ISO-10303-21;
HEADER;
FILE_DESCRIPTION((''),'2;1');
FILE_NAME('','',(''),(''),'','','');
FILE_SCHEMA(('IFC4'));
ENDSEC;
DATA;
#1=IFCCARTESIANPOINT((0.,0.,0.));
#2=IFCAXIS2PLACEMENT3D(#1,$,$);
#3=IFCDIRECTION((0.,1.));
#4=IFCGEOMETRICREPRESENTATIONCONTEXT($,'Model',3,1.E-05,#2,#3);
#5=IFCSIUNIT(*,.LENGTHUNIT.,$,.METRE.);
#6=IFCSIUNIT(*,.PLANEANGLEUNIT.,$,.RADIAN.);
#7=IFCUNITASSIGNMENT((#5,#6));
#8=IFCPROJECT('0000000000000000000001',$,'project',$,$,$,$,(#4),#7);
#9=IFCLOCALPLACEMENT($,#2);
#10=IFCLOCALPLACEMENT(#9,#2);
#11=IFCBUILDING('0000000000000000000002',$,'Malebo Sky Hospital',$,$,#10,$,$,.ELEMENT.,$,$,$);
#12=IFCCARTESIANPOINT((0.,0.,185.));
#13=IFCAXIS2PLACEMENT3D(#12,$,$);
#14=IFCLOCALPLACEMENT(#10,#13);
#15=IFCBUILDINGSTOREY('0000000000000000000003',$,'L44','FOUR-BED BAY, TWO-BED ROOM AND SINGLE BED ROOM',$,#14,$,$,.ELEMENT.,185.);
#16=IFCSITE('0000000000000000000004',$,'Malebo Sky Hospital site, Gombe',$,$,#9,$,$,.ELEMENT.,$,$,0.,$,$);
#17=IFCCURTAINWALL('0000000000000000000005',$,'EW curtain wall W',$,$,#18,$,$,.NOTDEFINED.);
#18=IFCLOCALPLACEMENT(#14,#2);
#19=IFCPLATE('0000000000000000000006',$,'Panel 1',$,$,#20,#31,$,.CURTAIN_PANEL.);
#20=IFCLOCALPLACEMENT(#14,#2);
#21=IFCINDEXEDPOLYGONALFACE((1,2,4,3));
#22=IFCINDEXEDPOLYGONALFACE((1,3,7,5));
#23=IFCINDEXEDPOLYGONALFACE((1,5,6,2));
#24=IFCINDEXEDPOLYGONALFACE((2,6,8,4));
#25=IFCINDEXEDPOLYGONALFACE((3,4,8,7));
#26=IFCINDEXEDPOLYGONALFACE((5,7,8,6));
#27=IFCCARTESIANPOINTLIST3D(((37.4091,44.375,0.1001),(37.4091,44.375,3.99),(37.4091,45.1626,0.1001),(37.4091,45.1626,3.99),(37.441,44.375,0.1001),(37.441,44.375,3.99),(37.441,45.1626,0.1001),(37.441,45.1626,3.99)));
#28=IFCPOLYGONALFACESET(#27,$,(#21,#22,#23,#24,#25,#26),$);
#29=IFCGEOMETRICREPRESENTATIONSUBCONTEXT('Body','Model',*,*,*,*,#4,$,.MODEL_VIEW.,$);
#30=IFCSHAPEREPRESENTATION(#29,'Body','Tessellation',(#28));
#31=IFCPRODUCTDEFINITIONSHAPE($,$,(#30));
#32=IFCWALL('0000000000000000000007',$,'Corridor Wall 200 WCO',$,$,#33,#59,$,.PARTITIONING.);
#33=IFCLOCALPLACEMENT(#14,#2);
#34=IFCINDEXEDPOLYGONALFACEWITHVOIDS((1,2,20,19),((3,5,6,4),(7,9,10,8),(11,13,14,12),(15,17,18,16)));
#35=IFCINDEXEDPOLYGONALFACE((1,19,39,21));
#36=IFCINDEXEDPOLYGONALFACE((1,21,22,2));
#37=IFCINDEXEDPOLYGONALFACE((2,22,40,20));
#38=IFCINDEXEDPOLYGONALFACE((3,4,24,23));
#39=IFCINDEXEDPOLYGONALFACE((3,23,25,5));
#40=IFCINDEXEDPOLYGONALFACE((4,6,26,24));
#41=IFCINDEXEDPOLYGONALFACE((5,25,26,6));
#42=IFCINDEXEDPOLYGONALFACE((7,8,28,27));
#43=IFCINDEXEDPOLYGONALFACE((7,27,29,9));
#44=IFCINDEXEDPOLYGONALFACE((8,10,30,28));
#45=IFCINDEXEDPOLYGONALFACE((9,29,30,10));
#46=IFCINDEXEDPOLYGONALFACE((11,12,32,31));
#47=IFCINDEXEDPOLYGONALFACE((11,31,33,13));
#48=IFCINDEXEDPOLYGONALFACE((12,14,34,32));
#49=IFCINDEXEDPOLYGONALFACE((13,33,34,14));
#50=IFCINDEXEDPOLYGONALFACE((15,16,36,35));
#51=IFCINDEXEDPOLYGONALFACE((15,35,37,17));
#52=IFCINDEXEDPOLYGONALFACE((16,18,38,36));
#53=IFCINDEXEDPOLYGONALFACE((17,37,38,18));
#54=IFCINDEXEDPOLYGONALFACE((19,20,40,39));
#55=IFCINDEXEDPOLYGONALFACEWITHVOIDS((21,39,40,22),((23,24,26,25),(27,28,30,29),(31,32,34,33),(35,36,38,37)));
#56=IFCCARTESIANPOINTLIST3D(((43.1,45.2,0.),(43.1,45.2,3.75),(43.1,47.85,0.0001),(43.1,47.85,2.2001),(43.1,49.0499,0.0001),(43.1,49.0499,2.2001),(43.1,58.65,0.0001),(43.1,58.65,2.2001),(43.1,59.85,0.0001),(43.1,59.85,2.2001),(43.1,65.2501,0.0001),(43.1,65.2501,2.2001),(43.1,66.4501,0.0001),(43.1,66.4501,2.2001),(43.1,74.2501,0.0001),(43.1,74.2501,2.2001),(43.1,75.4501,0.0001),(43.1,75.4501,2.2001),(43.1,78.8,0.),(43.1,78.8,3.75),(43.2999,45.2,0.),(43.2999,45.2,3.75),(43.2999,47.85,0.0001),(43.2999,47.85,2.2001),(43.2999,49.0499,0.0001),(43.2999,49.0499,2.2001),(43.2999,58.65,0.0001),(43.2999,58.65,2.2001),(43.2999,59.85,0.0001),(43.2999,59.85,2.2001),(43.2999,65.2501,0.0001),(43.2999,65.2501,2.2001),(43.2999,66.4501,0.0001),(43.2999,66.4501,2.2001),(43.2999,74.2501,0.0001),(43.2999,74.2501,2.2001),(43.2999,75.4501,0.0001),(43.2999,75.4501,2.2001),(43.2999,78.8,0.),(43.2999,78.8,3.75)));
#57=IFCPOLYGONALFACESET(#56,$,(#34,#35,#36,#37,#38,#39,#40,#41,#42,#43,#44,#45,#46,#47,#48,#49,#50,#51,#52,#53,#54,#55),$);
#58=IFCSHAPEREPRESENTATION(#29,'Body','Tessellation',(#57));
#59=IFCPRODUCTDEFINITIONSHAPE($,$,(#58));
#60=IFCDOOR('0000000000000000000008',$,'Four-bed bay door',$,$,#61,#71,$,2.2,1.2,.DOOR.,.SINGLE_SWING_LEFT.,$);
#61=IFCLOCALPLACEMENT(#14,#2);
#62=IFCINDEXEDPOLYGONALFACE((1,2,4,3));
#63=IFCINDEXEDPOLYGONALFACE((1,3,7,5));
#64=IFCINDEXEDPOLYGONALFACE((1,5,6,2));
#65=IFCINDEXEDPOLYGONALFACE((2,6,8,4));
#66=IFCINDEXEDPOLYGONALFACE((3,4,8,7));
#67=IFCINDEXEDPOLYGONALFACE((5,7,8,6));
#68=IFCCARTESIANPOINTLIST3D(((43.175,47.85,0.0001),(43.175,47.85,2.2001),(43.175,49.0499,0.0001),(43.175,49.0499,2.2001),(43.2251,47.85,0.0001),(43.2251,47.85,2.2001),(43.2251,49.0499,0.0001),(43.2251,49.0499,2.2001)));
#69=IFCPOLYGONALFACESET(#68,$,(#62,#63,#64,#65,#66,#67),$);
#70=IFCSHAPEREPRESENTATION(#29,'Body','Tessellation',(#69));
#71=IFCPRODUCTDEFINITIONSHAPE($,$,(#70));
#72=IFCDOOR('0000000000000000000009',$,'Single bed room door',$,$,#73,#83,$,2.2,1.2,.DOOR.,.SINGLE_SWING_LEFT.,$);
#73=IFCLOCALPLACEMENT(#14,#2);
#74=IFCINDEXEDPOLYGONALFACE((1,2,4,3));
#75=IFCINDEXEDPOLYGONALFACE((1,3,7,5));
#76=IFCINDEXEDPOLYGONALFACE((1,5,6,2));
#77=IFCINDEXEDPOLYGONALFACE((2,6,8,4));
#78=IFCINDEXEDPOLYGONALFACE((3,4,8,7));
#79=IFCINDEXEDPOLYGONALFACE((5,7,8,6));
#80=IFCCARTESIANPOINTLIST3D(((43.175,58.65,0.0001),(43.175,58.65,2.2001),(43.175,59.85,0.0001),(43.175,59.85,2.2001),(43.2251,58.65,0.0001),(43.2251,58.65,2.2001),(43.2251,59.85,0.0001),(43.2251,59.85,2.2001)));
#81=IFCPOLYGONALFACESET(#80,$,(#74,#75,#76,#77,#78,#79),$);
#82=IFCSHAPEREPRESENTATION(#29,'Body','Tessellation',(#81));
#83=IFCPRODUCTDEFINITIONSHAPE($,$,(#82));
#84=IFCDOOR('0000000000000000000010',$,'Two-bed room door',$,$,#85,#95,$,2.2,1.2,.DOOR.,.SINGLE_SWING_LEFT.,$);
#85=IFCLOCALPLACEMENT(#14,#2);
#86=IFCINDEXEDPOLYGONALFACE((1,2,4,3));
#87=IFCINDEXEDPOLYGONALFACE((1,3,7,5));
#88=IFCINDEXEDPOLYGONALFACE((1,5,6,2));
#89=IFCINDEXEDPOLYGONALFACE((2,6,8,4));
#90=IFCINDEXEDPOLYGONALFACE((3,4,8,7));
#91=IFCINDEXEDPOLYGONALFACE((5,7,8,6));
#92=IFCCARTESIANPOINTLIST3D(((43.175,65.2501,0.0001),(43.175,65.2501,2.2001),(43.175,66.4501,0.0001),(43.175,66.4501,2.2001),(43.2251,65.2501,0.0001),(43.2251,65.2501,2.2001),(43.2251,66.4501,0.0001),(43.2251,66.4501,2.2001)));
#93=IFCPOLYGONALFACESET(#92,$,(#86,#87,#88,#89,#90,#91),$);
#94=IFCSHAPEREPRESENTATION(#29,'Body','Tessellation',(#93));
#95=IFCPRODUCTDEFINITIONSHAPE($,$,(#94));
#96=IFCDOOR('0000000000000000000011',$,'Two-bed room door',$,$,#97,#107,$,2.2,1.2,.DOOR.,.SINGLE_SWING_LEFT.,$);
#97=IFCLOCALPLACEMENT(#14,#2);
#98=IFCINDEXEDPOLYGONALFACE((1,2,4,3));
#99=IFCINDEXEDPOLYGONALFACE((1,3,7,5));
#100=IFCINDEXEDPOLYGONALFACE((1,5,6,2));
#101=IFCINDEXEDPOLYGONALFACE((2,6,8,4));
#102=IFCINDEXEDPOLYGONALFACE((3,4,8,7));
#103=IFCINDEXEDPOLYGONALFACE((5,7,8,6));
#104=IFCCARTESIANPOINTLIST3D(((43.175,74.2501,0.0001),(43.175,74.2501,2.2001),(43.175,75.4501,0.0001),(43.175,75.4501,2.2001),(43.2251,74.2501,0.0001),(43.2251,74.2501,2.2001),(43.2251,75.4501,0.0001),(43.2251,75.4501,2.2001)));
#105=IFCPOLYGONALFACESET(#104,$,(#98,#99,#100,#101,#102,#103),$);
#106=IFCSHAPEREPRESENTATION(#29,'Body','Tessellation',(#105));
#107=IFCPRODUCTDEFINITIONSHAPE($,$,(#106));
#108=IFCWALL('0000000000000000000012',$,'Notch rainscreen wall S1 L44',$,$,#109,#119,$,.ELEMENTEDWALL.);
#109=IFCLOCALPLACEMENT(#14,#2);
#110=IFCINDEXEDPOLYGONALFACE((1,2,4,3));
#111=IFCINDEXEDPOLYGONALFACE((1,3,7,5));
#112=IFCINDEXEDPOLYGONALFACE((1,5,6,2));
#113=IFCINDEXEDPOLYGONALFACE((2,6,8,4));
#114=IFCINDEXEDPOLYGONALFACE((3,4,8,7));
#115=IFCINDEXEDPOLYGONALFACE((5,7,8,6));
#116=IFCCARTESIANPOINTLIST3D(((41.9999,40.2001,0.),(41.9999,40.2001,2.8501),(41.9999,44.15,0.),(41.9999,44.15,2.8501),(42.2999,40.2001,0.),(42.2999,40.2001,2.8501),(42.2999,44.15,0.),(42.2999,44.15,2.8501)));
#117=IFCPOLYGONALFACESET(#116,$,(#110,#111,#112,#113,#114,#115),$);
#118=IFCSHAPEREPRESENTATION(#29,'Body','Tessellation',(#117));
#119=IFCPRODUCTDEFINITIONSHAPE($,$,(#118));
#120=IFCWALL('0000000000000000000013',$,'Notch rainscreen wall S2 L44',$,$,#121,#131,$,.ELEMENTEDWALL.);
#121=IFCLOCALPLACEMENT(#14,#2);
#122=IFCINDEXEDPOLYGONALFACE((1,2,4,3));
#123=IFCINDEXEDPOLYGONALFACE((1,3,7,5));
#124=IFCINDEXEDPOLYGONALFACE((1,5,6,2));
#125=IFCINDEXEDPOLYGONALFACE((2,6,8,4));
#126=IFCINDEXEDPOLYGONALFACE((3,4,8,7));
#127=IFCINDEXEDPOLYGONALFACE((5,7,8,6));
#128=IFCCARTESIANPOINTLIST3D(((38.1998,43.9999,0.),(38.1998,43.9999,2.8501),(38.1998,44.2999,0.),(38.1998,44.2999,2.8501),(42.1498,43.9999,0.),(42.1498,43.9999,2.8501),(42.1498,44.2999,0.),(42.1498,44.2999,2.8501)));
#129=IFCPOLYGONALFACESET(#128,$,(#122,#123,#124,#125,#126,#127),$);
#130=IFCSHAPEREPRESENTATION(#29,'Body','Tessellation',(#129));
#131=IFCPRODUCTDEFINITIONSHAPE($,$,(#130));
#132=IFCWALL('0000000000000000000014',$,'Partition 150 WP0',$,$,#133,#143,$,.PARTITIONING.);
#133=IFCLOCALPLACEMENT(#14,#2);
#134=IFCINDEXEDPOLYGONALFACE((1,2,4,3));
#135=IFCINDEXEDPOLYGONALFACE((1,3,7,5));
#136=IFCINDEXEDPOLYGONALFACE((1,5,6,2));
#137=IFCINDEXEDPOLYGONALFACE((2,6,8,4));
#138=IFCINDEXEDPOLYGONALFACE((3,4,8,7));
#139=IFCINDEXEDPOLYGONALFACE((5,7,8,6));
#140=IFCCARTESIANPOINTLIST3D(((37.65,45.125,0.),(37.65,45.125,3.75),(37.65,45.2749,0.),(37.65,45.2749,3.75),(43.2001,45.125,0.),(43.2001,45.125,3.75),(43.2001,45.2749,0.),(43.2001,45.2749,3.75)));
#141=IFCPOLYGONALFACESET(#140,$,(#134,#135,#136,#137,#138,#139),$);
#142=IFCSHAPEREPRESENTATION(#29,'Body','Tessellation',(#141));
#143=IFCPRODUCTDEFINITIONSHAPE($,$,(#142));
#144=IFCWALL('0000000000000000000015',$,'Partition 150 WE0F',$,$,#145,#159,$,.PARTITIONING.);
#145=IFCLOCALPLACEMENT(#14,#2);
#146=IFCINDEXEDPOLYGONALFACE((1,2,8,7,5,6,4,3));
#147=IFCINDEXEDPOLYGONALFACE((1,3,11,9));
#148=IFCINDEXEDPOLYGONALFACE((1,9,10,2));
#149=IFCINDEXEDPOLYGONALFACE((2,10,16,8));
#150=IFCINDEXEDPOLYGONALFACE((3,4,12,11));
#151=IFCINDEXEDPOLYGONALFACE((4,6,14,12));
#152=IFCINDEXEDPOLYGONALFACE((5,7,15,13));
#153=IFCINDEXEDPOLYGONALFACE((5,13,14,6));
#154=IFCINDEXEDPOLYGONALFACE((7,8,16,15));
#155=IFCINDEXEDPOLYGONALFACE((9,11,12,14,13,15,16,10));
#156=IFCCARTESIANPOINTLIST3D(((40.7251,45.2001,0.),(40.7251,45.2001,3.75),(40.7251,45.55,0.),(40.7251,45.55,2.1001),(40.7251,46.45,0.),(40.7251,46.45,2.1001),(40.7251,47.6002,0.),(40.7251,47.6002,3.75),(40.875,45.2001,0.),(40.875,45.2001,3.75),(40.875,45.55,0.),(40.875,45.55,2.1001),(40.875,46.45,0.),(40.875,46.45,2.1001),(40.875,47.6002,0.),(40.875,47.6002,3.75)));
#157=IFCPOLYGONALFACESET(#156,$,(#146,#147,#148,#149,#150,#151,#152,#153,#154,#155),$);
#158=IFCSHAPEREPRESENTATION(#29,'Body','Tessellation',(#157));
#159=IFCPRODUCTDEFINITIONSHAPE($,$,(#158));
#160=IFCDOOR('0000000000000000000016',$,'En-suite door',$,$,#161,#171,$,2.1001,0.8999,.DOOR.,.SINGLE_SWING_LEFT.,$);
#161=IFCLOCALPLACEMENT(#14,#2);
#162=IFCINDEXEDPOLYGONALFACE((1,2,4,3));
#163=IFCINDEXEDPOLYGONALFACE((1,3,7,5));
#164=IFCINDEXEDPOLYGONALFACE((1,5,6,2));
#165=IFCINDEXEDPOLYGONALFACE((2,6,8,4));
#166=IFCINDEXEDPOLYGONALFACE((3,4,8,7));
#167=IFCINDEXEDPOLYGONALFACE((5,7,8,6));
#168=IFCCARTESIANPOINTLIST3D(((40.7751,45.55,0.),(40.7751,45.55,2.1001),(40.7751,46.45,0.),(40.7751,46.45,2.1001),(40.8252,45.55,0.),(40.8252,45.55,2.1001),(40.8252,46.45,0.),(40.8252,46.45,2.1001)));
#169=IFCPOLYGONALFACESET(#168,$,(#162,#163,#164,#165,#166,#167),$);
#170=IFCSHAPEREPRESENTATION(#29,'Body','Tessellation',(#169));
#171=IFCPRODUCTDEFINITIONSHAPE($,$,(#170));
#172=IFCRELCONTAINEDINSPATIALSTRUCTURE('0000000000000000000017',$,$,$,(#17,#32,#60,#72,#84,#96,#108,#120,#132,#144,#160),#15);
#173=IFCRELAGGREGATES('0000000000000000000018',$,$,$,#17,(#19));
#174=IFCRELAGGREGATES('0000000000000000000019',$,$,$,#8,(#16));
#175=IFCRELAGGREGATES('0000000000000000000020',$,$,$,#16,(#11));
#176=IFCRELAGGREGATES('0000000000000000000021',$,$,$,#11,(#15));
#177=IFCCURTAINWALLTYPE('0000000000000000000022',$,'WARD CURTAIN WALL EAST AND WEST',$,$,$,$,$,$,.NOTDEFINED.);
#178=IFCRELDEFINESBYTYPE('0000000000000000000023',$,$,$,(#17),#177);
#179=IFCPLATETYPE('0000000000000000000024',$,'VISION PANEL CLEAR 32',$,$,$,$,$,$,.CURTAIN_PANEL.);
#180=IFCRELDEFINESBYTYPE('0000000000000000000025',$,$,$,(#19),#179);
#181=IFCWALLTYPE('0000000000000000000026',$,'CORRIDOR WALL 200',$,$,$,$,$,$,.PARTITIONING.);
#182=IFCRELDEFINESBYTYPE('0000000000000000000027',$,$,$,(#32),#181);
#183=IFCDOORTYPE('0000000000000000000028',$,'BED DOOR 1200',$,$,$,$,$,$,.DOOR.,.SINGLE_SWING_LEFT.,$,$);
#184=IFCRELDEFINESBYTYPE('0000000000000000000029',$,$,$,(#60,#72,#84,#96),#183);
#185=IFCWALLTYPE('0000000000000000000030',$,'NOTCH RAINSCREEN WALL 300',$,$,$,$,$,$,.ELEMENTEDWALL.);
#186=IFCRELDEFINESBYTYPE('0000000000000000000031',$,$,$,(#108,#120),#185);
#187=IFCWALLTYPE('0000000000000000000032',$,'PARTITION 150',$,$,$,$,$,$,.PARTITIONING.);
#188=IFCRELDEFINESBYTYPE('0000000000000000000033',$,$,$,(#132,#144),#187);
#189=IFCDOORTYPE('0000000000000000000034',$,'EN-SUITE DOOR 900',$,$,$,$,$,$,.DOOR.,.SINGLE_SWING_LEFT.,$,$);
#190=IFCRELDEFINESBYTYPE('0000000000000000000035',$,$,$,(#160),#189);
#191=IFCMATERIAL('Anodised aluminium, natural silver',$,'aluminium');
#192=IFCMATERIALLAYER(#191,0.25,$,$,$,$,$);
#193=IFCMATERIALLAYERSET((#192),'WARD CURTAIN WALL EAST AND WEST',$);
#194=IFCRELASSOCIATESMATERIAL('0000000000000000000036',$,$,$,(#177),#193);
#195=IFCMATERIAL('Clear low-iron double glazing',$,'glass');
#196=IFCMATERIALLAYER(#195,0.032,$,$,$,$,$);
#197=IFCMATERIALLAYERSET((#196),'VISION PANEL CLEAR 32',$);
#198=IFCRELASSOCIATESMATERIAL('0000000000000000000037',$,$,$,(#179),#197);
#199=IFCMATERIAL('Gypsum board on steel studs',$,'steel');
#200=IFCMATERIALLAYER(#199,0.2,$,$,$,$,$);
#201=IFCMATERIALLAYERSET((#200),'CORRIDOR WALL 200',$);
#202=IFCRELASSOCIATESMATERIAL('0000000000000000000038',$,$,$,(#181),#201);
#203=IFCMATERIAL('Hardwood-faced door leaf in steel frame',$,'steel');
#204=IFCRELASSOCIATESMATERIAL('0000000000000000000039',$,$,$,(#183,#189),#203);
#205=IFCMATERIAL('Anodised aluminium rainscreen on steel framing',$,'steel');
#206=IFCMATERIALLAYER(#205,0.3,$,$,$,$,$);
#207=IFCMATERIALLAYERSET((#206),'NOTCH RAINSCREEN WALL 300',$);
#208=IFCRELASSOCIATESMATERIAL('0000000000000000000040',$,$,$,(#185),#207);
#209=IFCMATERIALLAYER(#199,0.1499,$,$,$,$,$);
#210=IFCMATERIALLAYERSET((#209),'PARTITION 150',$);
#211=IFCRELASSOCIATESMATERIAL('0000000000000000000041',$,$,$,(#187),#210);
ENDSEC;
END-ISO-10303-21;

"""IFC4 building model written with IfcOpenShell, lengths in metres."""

from ifc_helpers import new_model, si_unit, direction, frame, frame_2d, origin, origin_2d, place, context, subcontext, project, spatial, rectangle, extrude, material, layer, layer_set, type_object, element, fill, aggregate, save


model = new_model("IFC4")

# Units and contexts
model_context = context("Model", 3, precision=1e-05, world=origin(), true_north=direction((0.0, 1.0)))
body_context = subcontext(model_context, "Body", "Model", "MODEL_VIEW")
ifc_project = project(units=[si_unit("LENGTHUNIT", "METRE"), si_unit("PLANEANGLEUNIT", "RADIAN")], contexts=[model_context])

# Site, building, storey
site_placement = place(None, origin())
site = spatial("IfcSite", under=ifc_project, at=site_placement, Name="Malebo Sky Hospital site, Gombe", CompositionType="ELEMENT", RefElevation=0.0)
building_placement = place(site_placement, origin())
building = spatial("IfcBuilding", under=site, at=building_placement, Name="Malebo Sky Hospital", CompositionType="ELEMENT")
storey_placement = place(building_placement, frame((0.0, 0.0, 185.0)))
storey = spatial("IfcBuildingStorey", under=building, at=storey_placement, Name="L44", Description="FOUR-BED BAY, TWO-BED ROOM AND SINGLE BED ROOM", CompositionType="ELEMENT", Elevation=185.0)

# Curtain wall
ifc_material_1 = material(Name="Anodised aluminium, natural silver", Category="aluminium")
ifc_layer_1 = layer(ifc_material_1, 0.25)
ifc_layer_set_1 = layer_set([ifc_layer_1], Name="WARD CURTAIN WALL EAST AND WEST")
curtain_wall_type_1 = type_object("IfcCurtainWallType", Name="WARD CURTAIN WALL EAST AND WEST", PredefinedType="NOTDEFINED", material=ifc_layer_set_1)
curtain_wall_1_placement = place(storey_placement, origin())
curtain_wall_1 = element("IfcCurtainWall", 1, at=curtain_wall_1_placement, inside=storey, type_object=curtain_wall_type_1, Name="EW curtain wall W", PredefinedType="NOTDEFINED")

# Plate
ifc_material_2 = material(Name="Clear low-iron double glazing", Category="glass")
ifc_layer_2 = layer(ifc_material_2, 0.032)
ifc_layer_set_2 = layer_set([ifc_layer_2], Name="VISION PANEL CLEAR 32")
plate_type = type_object("IfcPlateType", Name="VISION PANEL CLEAR 32", PredefinedType="CURTAIN_PANEL", material=ifc_layer_set_2)
plate_placement = place(storey_placement, frame((37.425, 44.7688, 0.1001), z_axis=(0.0, 0.0, 1.0), x_axis=(0.0, 1.0, 0.0)))
plate = element("IfcPlate", 2, at=plate_placement, type_object=plate_type, Name="Panel 1", PredefinedType="CURTAIN_PANEL", context=body_context, shape_type="SweptSolid", body=[
    extrude(rectangle(XDim=0.7876, YDim=0.032, at=origin_2d()), origin(), (0.0, 0.0, 1.0), 3.8899),
])
aggregate(curtain_wall_1, [plate])

# Wall, openings, doors
ifc_material_3 = material(Name="Gypsum board on steel studs", Category="steel")
ifc_layer_3 = layer(ifc_material_3, 0.2)
ifc_layer_set_3 = layer_set([ifc_layer_3], Name="CORRIDOR WALL 200")
wall_type_1 = type_object("IfcWallType", Name="CORRIDOR WALL 200", PredefinedType="PARTITIONING", material=ifc_layer_set_3)
wall_1_placement = place(storey_placement, frame((43.2, 45.2, 0.0), z_axis=(0.0, 0.0, 1.0), x_axis=(0.0, 1.0, 0.0)))
wall_1 = element("IfcWall", 3, at=wall_1_placement, inside=storey, type_object=wall_type_1, Name="Corridor Wall 200 WCO", PredefinedType="PARTITIONING", context=body_context, shape_type="SweptSolid", body=[
    extrude(rectangle(XDim=33.6001, YDim=0.2, at=frame_2d((16.8, 0.0))), origin(), (0.0, 0.0, 1.0), 3.75),
])
opening_1_placement = place(wall_1_placement, frame((2.6499, 0.0, 0.0)))
opening_1 = element("IfcOpeningElement", 4, at=opening_1_placement, cuts=wall_1, PredefinedType="OPENING", context=body_context, shape_type="SweptSolid", body=[
    extrude(rectangle(XDim=1.2, YDim=2.2, at=frame_2d((0.6001, 1.1001))), frame((0.0, 0.1099, 0.0), z_axis=(0.0, -1.0, 0.0), x_axis=(1.0, 0.0, 0.0)), (0.0, 0.0, 1.0), 0.22),
])
opening_2_placement = place(wall_1_placement, frame((13.45, 0.0, 0.0)))
opening_2 = element("IfcOpeningElement", 5, at=opening_2_placement, cuts=wall_1, PredefinedType="OPENING", context=body_context, shape_type="SweptSolid", body=[
    extrude(rectangle(XDim=1.2, YDim=2.2, at=frame_2d((0.6001, 1.1001))), frame((0.0, 0.1099, 0.0), z_axis=(0.0, -1.0, 0.0), x_axis=(1.0, 0.0, 0.0)), (0.0, 0.0, 1.0), 0.22),
])
opening_3_placement = place(wall_1_placement, frame((20.05, 0.0, 0.0)))
opening_3 = element("IfcOpeningElement", 6, at=opening_3_placement, cuts=wall_1, PredefinedType="OPENING", context=body_context, shape_type="SweptSolid", body=[
    extrude(rectangle(XDim=1.2, YDim=2.2, at=frame_2d((0.6001, 1.1001))), frame((0.0, 0.1099, 0.0), z_axis=(0.0, -1.0, 0.0), x_axis=(1.0, 0.0, 0.0)), (0.0, 0.0, 1.0), 0.22),
])
opening_4_placement = place(wall_1_placement, frame((29.05, 0.0, 0.0)))
opening_4 = element("IfcOpeningElement", 7, at=opening_4_placement, cuts=wall_1, PredefinedType="OPENING", context=body_context, shape_type="SweptSolid", body=[
    extrude(rectangle(XDim=1.2, YDim=2.2, at=frame_2d((0.6001, 1.1001))), frame((0.0, 0.1099, 0.0), z_axis=(0.0, -1.0, 0.0), x_axis=(1.0, 0.0, 0.0)), (0.0, 0.0, 1.0), 0.22),
])
ifc_material_4 = material(Name="Hardwood-faced door leaf in steel frame", Category="steel")
door_type_1 = type_object("IfcDoorType", Name="BED DOOR 1200", OperationType="SINGLE_SWING_LEFT", PredefinedType="DOOR", material=ifc_material_4)
door_1_placement = place(opening_1_placement, origin())
door_1 = element("IfcDoor", 8, at=door_1_placement, inside=storey, type_object=door_type_1, Name="Four-bed bay door", OperationType="SINGLE_SWING_LEFT", OverallHeight=2.2, OverallWidth=1.2, PredefinedType="DOOR", context=body_context, shape_type="SweptSolid", body=[
    extrude(rectangle(XDim=1.2, YDim=2.2, at=frame_2d((0.6001, 1.1001))), frame((0.0, 0.0249, 0.0), z_axis=(0.0, -1.0, 0.0), x_axis=(1.0, 0.0, 0.0)), (0.0, 0.0, 1.0), 0.05),
])
fill(opening_1, door_1)
door_2_placement = place(opening_2_placement, origin())
door_2 = element("IfcDoor", 9, at=door_2_placement, inside=storey, type_object=door_type_1, Name="Single bed room door", OperationType="SINGLE_SWING_LEFT", OverallHeight=2.2, OverallWidth=1.2, PredefinedType="DOOR", context=body_context, shape_type="SweptSolid", body=[
    extrude(rectangle(XDim=1.2, YDim=2.2, at=frame_2d((0.6001, 1.1001))), frame((0.0, 0.0249, 0.0), z_axis=(0.0, -1.0, 0.0), x_axis=(1.0, 0.0, 0.0)), (0.0, 0.0, 1.0), 0.05),
])
fill(opening_2, door_2)
door_3_placement = place(opening_3_placement, origin())
door_3 = element("IfcDoor", 10, at=door_3_placement, inside=storey, type_object=door_type_1, Name="Two-bed room door", OperationType="SINGLE_SWING_LEFT", OverallHeight=2.2, OverallWidth=1.2, PredefinedType="DOOR", context=body_context, shape_type="SweptSolid", body=[
    extrude(rectangle(XDim=1.2, YDim=2.2, at=frame_2d((0.6001, 1.1001))), frame((0.0, 0.0249, 0.0), z_axis=(0.0, -1.0, 0.0), x_axis=(1.0, 0.0, 0.0)), (0.0, 0.0, 1.0), 0.05),
])
fill(opening_3, door_3)
door_4_placement = place(opening_4_placement, origin())
door_4 = element("IfcDoor", 11, at=door_4_placement, inside=storey, type_object=door_type_1, Name="Two-bed room door", OperationType="SINGLE_SWING_LEFT", OverallHeight=2.2, OverallWidth=1.2, PredefinedType="DOOR", context=body_context, shape_type="SweptSolid", body=[
    extrude(rectangle(XDim=1.2, YDim=2.2, at=frame_2d((0.6001, 1.1001))), frame((0.0, 0.0249, 0.0), z_axis=(0.0, -1.0, 0.0), x_axis=(1.0, 0.0, 0.0)), (0.0, 0.0, 1.0), 0.05),
])
fill(opening_4, door_4)

# Walls
ifc_material_5 = material(Name="Anodised aluminium rainscreen on steel framing", Category="steel")
ifc_layer_4 = layer(ifc_material_5, 0.3)
ifc_layer_set_4 = layer_set([ifc_layer_4], Name="NOTCH RAINSCREEN WALL 300")
wall_type_2 = type_object("IfcWallType", Name="NOTCH RAINSCREEN WALL 300", PredefinedType="ELEMENTEDWALL", material=ifc_layer_set_4)
for number, where, z_axis, x_axis, name in (
    (12, (42.1499, 40.2, 0.0), (0.0, 0.0, 1.0), (0.0, 1.0, 0.0), "Notch rainscreen wall S1 L44"),
    (13, (42.1499, 44.1499, 0.0), (0.0, 0.0, 1.0), (-1.0, 0.0, 0.0), "Notch rainscreen wall S2 L44"),
):
    element("IfcWall", number, at=place(storey_placement, frame(where, z_axis=z_axis, x_axis=x_axis)), inside=storey, type_object=wall_type_2, Name=name, PredefinedType="ELEMENTEDWALL", context=body_context, shape_type="SweptSolid", body=[
        extrude(rectangle(XDim=3.95, YDim=0.3, at=frame_2d((1.9751, 0.0))), origin(), (0.0, 0.0, 1.0), 2.8501),
    ])
ifc_layer_5 = layer(ifc_material_3, 0.1499)
ifc_layer_set_5 = layer_set([ifc_layer_5], Name="PARTITION 150")
wall_type_3 = type_object("IfcWallType", Name="PARTITION 150", PredefinedType="PARTITIONING", material=ifc_layer_set_5)
wall_2_placement = place(storey_placement, frame((43.2, 45.2, 0.0), z_axis=(0.0, 0.0, 1.0), x_axis=(-1.0, 0.0, 0.0)))
element("IfcWall", 14, at=wall_2_placement, inside=storey, type_object=wall_type_3, Name="Partition 150 WP0", PredefinedType="PARTITIONING", context=body_context, shape_type="SweptSolid", body=[
    extrude(rectangle(XDim=5.55, YDim=0.1499, at=frame_2d((2.7749, 0.0))), origin(), (0.0, 0.0, 1.0), 3.75),
])

# Wall, opening, door
wall_3_placement = place(storey_placement, frame((40.8, 45.2, 0.0), z_axis=(0.0, 0.0, 1.0), x_axis=(0.0, 1.0, 0.0)))
wall_3 = element("IfcWall", 15, at=wall_3_placement, inside=storey, type_object=wall_type_3, Name="Partition 150 WE0F", PredefinedType="PARTITIONING", context=body_context, shape_type="SweptSolid", body=[
    extrude(rectangle(XDim=2.4001, YDim=0.1499, at=frame_2d((1.2002, 0.0))), origin(), (0.0, 0.0, 1.0), 3.75),
])
opening_5_placement = place(wall_3_placement, frame((0.3501, 0.0, 0.0)))
opening_5 = element("IfcOpeningElement", 16, at=opening_5_placement, cuts=wall_3, PredefinedType="OPENING", context=body_context, shape_type="SweptSolid", body=[
    extrude(rectangle(XDim=0.8999, YDim=2.1001, at=frame_2d((0.45, 1.05))), frame((0.0, 0.085, 0.0), z_axis=(0.0, -1.0, 0.0), x_axis=(1.0, 0.0, 0.0)), (0.0, 0.0, 1.0), 0.1699),
])
door_type_2 = type_object("IfcDoorType", Name="EN-SUITE DOOR 900", OperationType="SINGLE_SWING_LEFT", PredefinedType="DOOR", material=ifc_material_4)
door_5_placement = place(opening_5_placement, origin())
door_5 = element("IfcDoor", 17, at=door_5_placement, inside=storey, type_object=door_type_2, Name="En-suite door", OperationType="SINGLE_SWING_LEFT", OverallHeight=2.1001, OverallWidth=0.8999, PredefinedType="DOOR", context=body_context, shape_type="SweptSolid", body=[
    extrude(rectangle(XDim=0.8999, YDim=2.1001, at=frame_2d((0.45, 1.05))), frame((0.0, 0.0249, 0.0), z_axis=(0.0, -1.0, 0.0), x_axis=(1.0, 0.0, 0.0)), (0.0, 0.0, 1.0), 0.05),
])
fill(opening_5, door_5)

save(model, "model.ifc")
